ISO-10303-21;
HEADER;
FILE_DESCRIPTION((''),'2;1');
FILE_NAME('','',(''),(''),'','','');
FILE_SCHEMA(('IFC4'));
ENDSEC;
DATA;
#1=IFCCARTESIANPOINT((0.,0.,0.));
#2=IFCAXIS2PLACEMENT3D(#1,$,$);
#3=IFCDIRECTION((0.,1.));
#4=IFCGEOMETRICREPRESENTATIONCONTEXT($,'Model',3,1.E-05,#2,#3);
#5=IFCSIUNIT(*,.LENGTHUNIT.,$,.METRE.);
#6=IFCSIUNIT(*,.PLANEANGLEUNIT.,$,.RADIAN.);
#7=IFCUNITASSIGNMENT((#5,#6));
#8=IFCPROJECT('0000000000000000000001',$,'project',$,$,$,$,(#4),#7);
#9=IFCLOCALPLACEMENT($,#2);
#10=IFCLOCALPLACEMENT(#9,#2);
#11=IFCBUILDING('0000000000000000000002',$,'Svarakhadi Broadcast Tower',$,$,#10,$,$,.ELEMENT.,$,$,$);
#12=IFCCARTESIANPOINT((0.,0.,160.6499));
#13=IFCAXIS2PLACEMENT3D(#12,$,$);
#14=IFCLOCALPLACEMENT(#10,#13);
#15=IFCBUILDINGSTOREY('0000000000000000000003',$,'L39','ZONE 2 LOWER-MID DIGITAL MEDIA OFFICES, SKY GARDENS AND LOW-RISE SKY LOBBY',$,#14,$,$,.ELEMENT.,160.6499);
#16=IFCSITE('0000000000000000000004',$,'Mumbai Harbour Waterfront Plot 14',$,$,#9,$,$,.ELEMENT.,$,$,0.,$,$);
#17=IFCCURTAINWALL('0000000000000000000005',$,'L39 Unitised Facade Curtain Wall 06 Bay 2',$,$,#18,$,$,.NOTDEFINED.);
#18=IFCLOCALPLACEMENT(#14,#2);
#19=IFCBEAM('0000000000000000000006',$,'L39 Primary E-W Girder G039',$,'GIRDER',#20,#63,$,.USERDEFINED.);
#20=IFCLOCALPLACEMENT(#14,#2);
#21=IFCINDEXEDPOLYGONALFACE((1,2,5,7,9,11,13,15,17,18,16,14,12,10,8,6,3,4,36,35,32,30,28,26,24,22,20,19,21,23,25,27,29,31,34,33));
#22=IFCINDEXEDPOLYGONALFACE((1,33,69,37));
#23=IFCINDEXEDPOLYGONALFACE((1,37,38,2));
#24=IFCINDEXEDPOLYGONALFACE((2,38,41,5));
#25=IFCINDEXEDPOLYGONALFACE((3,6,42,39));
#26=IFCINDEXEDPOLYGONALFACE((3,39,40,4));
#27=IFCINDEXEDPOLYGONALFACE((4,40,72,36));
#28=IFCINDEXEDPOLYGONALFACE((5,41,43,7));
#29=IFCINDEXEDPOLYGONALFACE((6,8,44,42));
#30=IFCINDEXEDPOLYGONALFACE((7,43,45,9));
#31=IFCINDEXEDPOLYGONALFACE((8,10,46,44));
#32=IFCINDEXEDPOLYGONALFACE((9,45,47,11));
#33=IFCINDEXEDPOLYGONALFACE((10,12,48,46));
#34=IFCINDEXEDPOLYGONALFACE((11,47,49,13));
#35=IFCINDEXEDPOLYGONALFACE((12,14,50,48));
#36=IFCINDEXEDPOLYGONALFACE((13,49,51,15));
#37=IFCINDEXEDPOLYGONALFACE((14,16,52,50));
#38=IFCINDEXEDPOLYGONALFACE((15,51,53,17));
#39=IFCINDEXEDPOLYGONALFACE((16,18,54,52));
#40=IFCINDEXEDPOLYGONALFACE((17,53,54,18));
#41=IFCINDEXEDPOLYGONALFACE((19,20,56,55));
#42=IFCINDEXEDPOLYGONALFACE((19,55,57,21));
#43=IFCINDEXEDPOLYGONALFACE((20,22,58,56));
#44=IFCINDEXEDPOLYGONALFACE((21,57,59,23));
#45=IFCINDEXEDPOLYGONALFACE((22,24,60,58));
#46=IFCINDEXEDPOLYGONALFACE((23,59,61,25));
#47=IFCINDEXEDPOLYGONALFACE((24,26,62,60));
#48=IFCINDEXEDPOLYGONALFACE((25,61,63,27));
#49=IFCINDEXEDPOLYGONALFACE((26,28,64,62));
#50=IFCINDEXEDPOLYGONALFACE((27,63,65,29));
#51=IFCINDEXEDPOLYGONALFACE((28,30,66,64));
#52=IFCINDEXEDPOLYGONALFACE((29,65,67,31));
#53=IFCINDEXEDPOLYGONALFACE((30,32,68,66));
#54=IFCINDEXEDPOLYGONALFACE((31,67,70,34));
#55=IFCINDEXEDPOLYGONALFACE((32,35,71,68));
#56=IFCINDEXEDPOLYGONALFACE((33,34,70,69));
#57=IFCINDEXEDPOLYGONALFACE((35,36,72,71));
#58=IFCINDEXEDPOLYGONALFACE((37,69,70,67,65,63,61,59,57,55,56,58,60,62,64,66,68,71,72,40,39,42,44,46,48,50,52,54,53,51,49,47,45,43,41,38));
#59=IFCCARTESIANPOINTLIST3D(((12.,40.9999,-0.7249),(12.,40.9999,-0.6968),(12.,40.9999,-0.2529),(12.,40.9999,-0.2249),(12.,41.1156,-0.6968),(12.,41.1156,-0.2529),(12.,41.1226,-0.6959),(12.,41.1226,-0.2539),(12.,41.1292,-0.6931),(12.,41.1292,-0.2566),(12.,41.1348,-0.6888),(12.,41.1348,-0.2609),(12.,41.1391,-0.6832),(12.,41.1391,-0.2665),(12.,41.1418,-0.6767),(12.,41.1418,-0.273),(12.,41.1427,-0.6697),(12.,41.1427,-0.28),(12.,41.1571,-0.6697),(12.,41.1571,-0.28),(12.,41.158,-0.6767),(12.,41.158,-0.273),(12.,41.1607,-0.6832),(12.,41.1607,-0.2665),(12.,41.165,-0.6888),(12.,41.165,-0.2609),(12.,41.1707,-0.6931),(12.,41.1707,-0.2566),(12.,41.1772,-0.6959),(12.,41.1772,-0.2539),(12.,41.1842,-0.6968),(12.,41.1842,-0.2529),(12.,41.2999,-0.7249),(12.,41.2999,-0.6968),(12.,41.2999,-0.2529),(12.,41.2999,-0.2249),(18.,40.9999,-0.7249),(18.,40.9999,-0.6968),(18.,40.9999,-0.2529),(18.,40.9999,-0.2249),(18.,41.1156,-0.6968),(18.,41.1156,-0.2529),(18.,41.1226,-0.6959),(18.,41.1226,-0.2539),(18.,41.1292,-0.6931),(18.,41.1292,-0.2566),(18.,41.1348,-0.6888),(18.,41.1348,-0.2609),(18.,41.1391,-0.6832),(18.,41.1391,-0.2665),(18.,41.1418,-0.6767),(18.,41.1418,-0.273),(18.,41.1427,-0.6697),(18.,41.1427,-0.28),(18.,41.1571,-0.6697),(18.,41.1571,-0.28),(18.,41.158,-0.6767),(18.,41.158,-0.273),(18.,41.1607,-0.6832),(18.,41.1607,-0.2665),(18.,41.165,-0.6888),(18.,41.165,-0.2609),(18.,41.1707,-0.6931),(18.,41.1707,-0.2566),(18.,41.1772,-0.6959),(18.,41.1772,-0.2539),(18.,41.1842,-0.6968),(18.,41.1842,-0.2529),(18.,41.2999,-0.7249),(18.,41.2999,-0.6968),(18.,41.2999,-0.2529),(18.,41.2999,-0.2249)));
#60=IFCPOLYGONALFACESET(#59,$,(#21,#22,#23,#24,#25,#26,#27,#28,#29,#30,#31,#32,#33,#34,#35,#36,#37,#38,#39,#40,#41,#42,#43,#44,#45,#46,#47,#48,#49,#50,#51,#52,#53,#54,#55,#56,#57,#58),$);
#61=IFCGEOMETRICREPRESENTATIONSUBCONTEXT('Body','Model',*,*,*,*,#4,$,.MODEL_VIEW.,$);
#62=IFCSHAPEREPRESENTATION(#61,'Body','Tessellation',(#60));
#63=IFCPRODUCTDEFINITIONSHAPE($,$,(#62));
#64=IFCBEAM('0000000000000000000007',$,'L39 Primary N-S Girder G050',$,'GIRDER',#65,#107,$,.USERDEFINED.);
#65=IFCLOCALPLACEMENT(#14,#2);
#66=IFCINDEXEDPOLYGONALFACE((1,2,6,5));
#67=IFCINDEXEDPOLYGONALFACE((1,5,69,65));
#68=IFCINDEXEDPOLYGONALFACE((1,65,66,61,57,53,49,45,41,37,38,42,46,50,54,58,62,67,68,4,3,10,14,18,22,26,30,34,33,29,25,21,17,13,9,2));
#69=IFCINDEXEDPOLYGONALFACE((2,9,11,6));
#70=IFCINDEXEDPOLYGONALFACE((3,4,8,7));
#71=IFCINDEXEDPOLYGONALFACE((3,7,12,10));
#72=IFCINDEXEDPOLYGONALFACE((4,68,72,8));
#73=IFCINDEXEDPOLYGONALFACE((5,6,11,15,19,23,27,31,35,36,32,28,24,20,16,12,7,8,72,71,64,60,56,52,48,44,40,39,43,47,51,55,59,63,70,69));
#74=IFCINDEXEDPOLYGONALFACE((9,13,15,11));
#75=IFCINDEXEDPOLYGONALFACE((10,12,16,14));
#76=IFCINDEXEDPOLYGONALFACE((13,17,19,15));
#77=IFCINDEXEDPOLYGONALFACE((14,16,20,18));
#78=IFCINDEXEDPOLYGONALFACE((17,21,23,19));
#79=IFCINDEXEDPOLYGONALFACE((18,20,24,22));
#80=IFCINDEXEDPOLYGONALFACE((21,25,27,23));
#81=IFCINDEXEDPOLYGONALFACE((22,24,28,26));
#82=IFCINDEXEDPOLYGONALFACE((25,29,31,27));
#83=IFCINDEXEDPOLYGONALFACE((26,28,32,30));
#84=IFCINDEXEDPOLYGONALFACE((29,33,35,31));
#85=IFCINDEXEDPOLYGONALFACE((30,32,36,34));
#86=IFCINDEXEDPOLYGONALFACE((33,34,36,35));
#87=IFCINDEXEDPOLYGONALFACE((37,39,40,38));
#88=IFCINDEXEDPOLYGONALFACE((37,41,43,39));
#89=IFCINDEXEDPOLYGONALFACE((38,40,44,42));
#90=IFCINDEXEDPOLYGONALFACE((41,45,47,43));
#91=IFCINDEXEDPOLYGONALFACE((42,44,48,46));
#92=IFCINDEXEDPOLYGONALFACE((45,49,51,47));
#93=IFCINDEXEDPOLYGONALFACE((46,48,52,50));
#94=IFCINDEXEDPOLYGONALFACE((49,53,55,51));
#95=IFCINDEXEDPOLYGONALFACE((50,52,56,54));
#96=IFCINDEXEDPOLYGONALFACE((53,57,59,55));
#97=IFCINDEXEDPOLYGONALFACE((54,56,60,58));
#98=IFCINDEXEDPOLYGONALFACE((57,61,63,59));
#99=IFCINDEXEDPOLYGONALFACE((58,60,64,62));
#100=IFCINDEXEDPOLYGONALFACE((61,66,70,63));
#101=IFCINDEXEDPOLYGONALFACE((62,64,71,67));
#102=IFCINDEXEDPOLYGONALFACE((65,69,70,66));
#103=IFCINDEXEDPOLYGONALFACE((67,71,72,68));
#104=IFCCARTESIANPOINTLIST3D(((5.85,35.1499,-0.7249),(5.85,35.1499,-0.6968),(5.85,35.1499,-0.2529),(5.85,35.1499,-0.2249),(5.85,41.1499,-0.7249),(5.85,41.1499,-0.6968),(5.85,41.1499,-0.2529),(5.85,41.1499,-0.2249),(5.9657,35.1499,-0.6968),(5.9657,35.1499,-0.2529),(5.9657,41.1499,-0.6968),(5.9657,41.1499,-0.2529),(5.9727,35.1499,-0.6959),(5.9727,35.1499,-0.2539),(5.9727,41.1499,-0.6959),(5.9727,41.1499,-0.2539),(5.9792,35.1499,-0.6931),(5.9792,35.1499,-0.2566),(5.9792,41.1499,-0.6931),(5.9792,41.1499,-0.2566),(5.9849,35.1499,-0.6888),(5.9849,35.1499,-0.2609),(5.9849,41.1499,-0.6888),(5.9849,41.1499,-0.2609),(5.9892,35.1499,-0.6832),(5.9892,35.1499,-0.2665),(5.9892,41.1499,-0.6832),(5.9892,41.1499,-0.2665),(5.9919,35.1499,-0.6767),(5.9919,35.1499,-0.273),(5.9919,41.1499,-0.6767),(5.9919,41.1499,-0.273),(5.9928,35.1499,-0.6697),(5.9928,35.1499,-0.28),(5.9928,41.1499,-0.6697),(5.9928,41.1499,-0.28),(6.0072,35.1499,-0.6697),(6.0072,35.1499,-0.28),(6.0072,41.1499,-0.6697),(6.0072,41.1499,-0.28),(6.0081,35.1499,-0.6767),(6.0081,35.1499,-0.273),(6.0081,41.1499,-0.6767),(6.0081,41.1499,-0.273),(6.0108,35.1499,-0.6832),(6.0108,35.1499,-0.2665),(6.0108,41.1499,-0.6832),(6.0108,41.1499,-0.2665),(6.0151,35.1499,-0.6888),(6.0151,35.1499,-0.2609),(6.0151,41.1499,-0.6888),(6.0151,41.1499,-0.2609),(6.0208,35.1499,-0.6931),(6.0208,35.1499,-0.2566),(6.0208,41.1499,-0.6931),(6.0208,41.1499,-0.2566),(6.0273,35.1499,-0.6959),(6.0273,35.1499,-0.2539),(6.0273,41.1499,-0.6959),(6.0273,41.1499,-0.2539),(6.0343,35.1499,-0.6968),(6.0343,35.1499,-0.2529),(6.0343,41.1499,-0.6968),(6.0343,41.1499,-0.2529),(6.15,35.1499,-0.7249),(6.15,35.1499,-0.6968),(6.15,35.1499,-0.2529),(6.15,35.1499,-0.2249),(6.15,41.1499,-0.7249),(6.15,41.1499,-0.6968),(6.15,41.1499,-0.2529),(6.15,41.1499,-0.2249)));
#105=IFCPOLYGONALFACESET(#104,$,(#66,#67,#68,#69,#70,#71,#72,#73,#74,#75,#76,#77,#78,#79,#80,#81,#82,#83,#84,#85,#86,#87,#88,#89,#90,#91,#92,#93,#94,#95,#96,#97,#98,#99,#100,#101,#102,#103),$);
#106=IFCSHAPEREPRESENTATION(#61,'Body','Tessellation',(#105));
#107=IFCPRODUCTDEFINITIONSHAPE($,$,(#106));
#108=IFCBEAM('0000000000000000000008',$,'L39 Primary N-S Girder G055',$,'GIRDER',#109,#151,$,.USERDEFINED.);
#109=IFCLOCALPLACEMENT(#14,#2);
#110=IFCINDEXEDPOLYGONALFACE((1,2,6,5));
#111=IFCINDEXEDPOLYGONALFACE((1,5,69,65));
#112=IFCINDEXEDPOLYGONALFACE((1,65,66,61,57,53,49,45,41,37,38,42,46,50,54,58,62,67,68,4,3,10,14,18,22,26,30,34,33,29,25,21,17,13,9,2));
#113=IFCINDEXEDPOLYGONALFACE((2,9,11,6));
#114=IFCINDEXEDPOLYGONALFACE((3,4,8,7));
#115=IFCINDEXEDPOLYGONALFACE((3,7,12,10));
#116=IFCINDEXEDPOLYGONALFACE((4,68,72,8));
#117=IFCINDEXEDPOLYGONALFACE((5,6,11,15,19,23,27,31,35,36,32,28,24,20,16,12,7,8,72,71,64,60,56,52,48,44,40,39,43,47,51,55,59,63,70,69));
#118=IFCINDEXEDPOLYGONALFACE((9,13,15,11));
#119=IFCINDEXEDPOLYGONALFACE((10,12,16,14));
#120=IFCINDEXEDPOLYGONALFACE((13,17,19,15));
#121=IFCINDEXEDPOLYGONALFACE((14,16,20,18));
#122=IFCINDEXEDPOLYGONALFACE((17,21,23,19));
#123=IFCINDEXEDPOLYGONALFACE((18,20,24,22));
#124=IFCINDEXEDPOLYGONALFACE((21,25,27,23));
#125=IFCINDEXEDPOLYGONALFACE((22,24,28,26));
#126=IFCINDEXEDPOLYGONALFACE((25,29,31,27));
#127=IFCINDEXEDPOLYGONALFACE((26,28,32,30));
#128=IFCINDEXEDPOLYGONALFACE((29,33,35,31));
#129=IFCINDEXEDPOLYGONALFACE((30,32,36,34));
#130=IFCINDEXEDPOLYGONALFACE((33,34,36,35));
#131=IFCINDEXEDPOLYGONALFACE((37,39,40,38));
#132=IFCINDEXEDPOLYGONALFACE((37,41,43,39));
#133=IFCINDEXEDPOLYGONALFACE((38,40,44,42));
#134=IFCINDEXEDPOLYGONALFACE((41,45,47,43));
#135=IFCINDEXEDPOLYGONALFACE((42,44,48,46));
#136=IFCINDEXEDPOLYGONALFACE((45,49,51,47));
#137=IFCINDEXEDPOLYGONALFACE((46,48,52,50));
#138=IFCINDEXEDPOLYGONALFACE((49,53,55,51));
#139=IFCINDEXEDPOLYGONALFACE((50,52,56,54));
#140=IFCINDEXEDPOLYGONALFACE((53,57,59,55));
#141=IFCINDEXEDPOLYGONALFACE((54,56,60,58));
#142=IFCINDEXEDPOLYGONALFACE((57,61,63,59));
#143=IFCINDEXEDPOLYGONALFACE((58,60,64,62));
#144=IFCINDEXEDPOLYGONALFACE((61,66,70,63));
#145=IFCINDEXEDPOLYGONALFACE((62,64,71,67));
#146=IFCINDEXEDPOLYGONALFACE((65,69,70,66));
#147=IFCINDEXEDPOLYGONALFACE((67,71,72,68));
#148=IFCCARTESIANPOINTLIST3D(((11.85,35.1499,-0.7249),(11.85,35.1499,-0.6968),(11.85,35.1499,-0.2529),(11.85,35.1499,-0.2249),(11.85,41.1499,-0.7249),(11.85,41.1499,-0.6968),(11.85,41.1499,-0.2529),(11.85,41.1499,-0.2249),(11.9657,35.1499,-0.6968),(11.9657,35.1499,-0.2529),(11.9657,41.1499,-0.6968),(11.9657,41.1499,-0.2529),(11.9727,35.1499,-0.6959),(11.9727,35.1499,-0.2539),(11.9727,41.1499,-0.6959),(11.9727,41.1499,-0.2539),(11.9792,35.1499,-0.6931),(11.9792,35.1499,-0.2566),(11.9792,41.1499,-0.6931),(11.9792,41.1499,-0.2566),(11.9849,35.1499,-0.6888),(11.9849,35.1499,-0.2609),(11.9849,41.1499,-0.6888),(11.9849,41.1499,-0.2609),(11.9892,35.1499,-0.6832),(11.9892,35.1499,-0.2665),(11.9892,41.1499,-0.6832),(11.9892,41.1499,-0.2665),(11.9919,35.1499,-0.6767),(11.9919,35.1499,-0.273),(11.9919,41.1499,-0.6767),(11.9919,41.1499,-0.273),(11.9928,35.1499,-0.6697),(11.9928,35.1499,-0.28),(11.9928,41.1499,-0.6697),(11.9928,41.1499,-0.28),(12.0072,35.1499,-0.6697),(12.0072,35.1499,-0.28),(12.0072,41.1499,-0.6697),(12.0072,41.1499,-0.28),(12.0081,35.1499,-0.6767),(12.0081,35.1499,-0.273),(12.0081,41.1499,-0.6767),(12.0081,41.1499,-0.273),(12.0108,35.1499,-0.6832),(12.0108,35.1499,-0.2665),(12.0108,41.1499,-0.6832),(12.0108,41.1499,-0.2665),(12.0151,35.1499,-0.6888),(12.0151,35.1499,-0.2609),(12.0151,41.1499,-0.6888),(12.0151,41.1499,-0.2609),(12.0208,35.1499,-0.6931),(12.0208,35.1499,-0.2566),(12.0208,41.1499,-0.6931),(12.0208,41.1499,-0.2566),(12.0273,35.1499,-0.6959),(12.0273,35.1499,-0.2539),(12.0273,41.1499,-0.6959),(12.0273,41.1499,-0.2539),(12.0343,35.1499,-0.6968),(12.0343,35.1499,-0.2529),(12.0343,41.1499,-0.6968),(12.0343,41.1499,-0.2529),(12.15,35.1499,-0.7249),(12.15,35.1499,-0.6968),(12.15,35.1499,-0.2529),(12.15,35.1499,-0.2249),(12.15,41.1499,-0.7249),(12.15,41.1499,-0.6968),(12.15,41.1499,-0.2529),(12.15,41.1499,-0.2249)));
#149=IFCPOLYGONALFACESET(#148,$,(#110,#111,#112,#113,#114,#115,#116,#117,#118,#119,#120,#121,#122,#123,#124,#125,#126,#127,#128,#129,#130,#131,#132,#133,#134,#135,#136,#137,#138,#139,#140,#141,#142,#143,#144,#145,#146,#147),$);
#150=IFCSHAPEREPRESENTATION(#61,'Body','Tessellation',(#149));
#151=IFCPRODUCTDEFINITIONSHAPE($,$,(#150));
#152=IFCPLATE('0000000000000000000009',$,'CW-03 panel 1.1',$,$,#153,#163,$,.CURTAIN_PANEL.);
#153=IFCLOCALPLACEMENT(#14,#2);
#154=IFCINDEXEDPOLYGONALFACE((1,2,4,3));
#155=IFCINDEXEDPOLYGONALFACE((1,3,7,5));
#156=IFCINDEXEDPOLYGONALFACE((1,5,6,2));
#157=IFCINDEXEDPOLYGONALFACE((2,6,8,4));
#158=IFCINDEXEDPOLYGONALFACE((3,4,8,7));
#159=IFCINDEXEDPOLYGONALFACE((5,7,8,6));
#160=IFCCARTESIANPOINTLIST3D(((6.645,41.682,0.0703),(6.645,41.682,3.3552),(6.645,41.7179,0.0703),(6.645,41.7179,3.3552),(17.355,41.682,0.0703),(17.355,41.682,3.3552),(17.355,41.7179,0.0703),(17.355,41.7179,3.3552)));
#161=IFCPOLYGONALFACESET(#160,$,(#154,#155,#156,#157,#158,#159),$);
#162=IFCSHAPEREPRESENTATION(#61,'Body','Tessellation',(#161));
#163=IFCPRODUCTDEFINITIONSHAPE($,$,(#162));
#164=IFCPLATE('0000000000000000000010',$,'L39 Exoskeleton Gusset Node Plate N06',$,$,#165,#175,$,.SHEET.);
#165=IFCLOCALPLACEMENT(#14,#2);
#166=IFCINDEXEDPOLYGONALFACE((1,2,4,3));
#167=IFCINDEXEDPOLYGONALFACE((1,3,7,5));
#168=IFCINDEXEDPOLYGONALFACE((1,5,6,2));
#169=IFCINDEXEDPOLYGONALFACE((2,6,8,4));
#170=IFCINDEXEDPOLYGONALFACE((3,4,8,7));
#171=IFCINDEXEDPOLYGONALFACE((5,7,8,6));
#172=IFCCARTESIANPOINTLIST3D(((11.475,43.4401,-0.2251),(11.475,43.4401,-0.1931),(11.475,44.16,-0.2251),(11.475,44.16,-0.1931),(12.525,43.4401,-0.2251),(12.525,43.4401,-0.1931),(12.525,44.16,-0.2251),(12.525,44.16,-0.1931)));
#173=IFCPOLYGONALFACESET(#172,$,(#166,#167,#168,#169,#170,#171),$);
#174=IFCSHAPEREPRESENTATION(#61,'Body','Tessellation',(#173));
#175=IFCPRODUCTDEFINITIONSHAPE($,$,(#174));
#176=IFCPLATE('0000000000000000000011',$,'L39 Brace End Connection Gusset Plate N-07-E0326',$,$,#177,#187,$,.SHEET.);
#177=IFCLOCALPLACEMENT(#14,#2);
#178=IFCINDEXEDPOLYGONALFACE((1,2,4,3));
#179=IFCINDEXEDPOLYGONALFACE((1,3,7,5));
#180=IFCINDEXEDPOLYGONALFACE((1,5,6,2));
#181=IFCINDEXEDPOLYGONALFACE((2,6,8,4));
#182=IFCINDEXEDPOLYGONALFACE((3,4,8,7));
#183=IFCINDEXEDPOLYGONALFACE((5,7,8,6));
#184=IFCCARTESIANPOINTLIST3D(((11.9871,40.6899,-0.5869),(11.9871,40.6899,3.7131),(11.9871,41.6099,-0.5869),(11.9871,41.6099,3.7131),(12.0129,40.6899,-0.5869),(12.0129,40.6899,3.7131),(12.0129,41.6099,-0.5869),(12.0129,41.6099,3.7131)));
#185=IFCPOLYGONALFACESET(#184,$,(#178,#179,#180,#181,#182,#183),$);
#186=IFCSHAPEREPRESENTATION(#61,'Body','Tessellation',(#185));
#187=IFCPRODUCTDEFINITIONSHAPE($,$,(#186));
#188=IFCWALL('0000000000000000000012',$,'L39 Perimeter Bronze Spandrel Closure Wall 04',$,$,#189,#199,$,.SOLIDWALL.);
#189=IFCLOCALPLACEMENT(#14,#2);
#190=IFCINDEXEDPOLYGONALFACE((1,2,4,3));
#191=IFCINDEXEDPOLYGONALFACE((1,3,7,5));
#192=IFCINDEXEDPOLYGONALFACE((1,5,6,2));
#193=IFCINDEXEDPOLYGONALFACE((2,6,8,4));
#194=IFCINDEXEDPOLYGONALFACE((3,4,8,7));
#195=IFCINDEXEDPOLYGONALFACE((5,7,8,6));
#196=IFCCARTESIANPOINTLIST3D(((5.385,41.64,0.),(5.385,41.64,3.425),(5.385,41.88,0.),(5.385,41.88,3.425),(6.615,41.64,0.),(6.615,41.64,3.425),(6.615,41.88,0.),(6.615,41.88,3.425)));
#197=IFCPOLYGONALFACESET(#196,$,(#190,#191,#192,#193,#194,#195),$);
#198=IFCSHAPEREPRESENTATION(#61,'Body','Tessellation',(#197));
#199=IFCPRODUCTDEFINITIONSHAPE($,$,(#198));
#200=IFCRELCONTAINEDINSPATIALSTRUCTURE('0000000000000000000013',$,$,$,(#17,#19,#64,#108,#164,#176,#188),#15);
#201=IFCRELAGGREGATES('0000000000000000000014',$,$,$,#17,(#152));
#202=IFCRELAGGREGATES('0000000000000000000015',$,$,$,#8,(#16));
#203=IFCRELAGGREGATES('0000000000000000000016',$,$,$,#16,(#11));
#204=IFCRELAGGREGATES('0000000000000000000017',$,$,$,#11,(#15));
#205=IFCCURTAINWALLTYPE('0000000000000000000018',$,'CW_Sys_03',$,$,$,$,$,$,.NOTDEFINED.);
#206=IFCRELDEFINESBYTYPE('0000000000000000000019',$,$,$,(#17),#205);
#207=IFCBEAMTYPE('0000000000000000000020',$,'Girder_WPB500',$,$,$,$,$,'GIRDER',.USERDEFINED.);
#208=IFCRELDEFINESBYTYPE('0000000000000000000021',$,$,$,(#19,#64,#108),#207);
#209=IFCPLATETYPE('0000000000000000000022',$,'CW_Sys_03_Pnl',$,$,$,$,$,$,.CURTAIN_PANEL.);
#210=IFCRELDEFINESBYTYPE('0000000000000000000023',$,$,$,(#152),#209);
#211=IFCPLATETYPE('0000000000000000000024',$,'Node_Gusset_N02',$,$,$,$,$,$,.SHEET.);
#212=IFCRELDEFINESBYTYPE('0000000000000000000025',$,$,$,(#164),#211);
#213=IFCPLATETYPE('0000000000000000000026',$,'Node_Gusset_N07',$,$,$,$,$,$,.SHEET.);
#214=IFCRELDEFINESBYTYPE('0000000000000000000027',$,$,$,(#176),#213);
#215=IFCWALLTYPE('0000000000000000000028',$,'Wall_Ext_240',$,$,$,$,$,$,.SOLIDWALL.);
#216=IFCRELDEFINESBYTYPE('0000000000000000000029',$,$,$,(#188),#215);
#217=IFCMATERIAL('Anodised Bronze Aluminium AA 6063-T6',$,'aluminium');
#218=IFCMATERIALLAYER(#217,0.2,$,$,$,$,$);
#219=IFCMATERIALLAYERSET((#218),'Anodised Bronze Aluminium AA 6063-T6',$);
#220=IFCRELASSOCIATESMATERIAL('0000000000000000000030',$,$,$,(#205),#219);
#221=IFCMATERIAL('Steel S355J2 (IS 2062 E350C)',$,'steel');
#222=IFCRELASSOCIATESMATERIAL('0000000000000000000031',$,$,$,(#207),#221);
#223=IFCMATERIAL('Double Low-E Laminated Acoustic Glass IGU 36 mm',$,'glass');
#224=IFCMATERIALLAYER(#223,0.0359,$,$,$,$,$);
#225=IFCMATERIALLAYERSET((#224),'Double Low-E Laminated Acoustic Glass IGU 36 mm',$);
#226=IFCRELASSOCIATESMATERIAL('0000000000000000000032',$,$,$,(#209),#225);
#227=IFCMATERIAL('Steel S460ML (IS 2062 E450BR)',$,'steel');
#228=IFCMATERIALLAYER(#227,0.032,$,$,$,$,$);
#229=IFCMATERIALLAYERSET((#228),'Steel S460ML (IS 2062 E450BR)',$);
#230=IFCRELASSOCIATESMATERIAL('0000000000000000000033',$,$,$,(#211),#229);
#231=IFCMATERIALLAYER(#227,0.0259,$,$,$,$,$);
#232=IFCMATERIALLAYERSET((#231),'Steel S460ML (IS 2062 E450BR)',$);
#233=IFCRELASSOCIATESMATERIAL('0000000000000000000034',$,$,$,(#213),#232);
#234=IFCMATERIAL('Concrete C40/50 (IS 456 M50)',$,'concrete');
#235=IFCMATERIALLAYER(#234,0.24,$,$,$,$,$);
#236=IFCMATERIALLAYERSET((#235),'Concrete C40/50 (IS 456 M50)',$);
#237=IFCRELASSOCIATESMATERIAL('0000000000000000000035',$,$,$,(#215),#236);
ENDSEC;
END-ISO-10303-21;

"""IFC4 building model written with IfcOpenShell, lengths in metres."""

from ifc_helpers import new_model, si_unit, direction, frame, frame_2d, origin, origin_2d, place, context, subcontext, project, spatial, rectangle, i_section, extrude, material, layer, layer_set, material_profile, profile_set, type_object, element, aggregate, save


model = new_model("IFC4")

# Units and contexts
model_context = context("Model", 3, precision=1e-05, world=origin(), true_north=direction((0.0, 1.0)))
body_context = subcontext(model_context, "Body", "Model", "MODEL_VIEW")
ifc_project = project(units=[si_unit("LENGTHUNIT", "METRE"), si_unit("PLANEANGLEUNIT", "RADIAN")], contexts=[model_context])

# Site, building, storey
site_placement = place(None, origin())
site = spatial("IfcSite", under=ifc_project, at=site_placement, Name="Mumbai Harbour Waterfront Plot 14", CompositionType="ELEMENT", RefElevation=0.0)
building_placement = place(site_placement, origin())
building = spatial("IfcBuilding", under=site, at=building_placement, Name="Svarakhadi Broadcast Tower", CompositionType="ELEMENT")
storey_placement = place(building_placement, frame((0.0, 0.0, 160.6499)))
storey = spatial("IfcBuildingStorey", under=building, at=storey_placement, Name="L39", Description="ZONE 2 LOWER-MID DIGITAL MEDIA OFFICES, SKY GARDENS AND LOW-RISE SKY LOBBY", CompositionType="ELEMENT", Elevation=160.6499)

# Shared definitions
ifc_material_1 = material(Name="Steel S460ML (IS 2062 E450BR)", Category="steel")

# Shared definitions
ifc_material_2 = material(Name="Steel S355J2 (IS 2062 E350C)", Category="steel")

# Shared definitions
ifc_material_3 = material(Name="Anodised Bronze Aluminium AA 6063-T6", Category="aluminium")
ifc_layer_1 = layer(ifc_material_3, 0.2)
ifc_layer_set_1 = layer_set([ifc_layer_1], Name="Anodised Bronze Aluminium AA 6063-T6")
curtain_wall_type = type_object("IfcCurtainWallType", Name="CW_Sys_03", PredefinedType="NOTDEFINED", material=ifc_layer_set_1)

# Curtain wall
curtain_wall_1_placement = place(storey_placement, origin())
curtain_wall_1 = element("IfcCurtainWall", 1, at=curtain_wall_1_placement, inside=storey, type_object=curtain_wall_type, Name="L39 Unitised Facade Curtain Wall 06 Bay 2", PredefinedType="NOTDEFINED")

# Beams
ifc_material_profile_1 = material_profile(ifc_material_2, i_section(OverallWidth=0.3, OverallDepth=0.5, WebThickness=0.0144, FlangeThickness=0.0281, FilletRadius=0.0271, at=origin_2d()), Name="WPB 500x300x187")
ifc_profile_set_1 = profile_set([ifc_material_profile_1], Name="Steel S355J2 (IS 2062 E350C)")
beam_type_1 = type_object("IfcBeamType", Name="Girder_WPB500", ElementType="GIRDER", PredefinedType="USERDEFINED", material=ifc_profile_set_1)
for number, where, z_axis, x_axis, name in (
    (2, (12.0, 41.1499, -0.4749), (1.0, 0.0, 0.0), (0.0, 1.0, 0.0), "L39 Primary E-W Girder G039"),
    (3, (6.0, 35.1499, -0.4749), (0.0, 1.0, 0.0), (-1.0, 0.0, 0.0), "L39 Primary N-S Girder G050"),
    (4, (12.0, 35.1499, -0.4749), (0.0, 1.0, 0.0), (-1.0, 0.0, 0.0), "L39 Primary N-S Girder G055"),
):
    element("IfcBeam", number, at=place(storey_placement, frame(where, z_axis=z_axis, x_axis=x_axis)), inside=storey, type_object=beam_type_1, Name=name, ObjectType="GIRDER", PredefinedType="USERDEFINED", context=body_context, shape_type="SweptSolid", body=[
        extrude(i_section(OverallWidth=0.3, OverallDepth=0.5, WebThickness=0.0144, FlangeThickness=0.0281, FilletRadius=0.0271, at=origin_2d()), origin(), (0.0, 0.0, 1.0), 6.0),
    ])

# Plate
ifc_material_4 = material(Name="Double Low-E Laminated Acoustic Glass IGU 36 mm", Category="glass")
ifc_layer_2 = layer(ifc_material_4, 0.0359)
ifc_layer_set_2 = layer_set([ifc_layer_2], Name="Double Low-E Laminated Acoustic Glass IGU 36 mm")
plate_type_1 = type_object("IfcPlateType", Name="CW_Sys_03_Pnl", PredefinedType="CURTAIN_PANEL", material=ifc_layer_set_2)
plate_1_placement = place(storey_placement, frame((12.0, 41.7, 0.0703), z_axis=(0.0, 0.0, 1.0), x_axis=(1.0, 0.0, 0.0)))
plate_1 = element("IfcPlate", 5, at=plate_1_placement, type_object=plate_type_1, Name="CW-03 panel 1.1", PredefinedType="CURTAIN_PANEL", context=body_context, shape_type="SweptSolid", body=[
    extrude(rectangle(XDim=10.71, YDim=0.0359, at=origin_2d()), origin(), (0.0, 0.0, 1.0), 3.2849),
])
aggregate(curtain_wall_1, [plate_1])

# Plates
ifc_layer_3 = layer(ifc_material_1, 0.032)
ifc_layer_set_3 = layer_set([ifc_layer_3], Name="Steel S460ML (IS 2062 E450BR)")
plate_type_2 = type_object("IfcPlateType", Name="Node_Gusset_N02", PredefinedType="SHEET", material=ifc_layer_set_3)
plate_2_placement = place(storey_placement, frame((12.0, 43.8, -0.2251), z_axis=(0.0, 0.0, 1.0), x_axis=(1.0, 0.0, 0.0)))
element("IfcPlate", 6, at=plate_2_placement, inside=storey, type_object=plate_type_2, Name="L39 Exoskeleton Gusset Node Plate N06", PredefinedType="SHEET", context=body_context, shape_type="SweptSolid", body=[
    extrude(rectangle(XDim=1.05, YDim=0.72, at=origin_2d()), origin(), (0.0, 0.0, 1.0), 0.032),
])
ifc_layer_4 = layer(ifc_material_1, 0.0259)
ifc_layer_set_4 = layer_set([ifc_layer_4], Name="Steel S460ML (IS 2062 E450BR)")
plate_type_3 = type_object("IfcPlateType", Name="Node_Gusset_N07", PredefinedType="SHEET", material=ifc_layer_set_4)
plate_3_placement = place(storey_placement, frame((12.0, 41.1499, -0.5869), z_axis=(0.0, 0.0, 1.0), x_axis=(0.0, 1.0, 0.0)))
element("IfcPlate", 7, at=plate_3_placement, inside=storey, type_object=plate_type_3, Name="L39 Brace End Connection Gusset Plate N-07-E0326", PredefinedType="SHEET", context=body_context, shape_type="SweptSolid", body=[
    extrude(rectangle(XDim=0.9199, YDim=0.0259, at=origin_2d()), origin(), (0.0, 0.0, 1.0), 4.3),
])

# Wall
ifc_material_5 = material(Name="Concrete C40/50 (IS 456 M50)", Category="concrete")
ifc_layer_5 = layer(ifc_material_5, 0.24)
ifc_layer_set_5 = layer_set([ifc_layer_5], Name="Concrete C40/50 (IS 456 M50)")
wall_type_1 = type_object("IfcWallType", Name="Wall_Ext_240", PredefinedType="SOLIDWALL", material=ifc_layer_set_5)
for number, where, z_axis, x_axis, name in (
    (8, (5.385, 41.76, 0.0), (0.0, 0.0, 1.0), (1.0, 0.0, 0.0), "L39 Perimeter Bronze Spandrel Closure Wall 04"),
):
    element("IfcWall", number, at=place(storey_placement, frame(where, z_axis=z_axis, x_axis=x_axis)), inside=storey, type_object=wall_type_1, Name=name, PredefinedType="SOLIDWALL", context=body_context, shape_type="SweptSolid", body=[
        extrude(rectangle(XDim=1.23, YDim=0.24, at=frame_2d((0.615, 0.0))), origin(), (0.0, 0.0, 1.0), 3.425),
    ])

save(model, "model.ifc")
